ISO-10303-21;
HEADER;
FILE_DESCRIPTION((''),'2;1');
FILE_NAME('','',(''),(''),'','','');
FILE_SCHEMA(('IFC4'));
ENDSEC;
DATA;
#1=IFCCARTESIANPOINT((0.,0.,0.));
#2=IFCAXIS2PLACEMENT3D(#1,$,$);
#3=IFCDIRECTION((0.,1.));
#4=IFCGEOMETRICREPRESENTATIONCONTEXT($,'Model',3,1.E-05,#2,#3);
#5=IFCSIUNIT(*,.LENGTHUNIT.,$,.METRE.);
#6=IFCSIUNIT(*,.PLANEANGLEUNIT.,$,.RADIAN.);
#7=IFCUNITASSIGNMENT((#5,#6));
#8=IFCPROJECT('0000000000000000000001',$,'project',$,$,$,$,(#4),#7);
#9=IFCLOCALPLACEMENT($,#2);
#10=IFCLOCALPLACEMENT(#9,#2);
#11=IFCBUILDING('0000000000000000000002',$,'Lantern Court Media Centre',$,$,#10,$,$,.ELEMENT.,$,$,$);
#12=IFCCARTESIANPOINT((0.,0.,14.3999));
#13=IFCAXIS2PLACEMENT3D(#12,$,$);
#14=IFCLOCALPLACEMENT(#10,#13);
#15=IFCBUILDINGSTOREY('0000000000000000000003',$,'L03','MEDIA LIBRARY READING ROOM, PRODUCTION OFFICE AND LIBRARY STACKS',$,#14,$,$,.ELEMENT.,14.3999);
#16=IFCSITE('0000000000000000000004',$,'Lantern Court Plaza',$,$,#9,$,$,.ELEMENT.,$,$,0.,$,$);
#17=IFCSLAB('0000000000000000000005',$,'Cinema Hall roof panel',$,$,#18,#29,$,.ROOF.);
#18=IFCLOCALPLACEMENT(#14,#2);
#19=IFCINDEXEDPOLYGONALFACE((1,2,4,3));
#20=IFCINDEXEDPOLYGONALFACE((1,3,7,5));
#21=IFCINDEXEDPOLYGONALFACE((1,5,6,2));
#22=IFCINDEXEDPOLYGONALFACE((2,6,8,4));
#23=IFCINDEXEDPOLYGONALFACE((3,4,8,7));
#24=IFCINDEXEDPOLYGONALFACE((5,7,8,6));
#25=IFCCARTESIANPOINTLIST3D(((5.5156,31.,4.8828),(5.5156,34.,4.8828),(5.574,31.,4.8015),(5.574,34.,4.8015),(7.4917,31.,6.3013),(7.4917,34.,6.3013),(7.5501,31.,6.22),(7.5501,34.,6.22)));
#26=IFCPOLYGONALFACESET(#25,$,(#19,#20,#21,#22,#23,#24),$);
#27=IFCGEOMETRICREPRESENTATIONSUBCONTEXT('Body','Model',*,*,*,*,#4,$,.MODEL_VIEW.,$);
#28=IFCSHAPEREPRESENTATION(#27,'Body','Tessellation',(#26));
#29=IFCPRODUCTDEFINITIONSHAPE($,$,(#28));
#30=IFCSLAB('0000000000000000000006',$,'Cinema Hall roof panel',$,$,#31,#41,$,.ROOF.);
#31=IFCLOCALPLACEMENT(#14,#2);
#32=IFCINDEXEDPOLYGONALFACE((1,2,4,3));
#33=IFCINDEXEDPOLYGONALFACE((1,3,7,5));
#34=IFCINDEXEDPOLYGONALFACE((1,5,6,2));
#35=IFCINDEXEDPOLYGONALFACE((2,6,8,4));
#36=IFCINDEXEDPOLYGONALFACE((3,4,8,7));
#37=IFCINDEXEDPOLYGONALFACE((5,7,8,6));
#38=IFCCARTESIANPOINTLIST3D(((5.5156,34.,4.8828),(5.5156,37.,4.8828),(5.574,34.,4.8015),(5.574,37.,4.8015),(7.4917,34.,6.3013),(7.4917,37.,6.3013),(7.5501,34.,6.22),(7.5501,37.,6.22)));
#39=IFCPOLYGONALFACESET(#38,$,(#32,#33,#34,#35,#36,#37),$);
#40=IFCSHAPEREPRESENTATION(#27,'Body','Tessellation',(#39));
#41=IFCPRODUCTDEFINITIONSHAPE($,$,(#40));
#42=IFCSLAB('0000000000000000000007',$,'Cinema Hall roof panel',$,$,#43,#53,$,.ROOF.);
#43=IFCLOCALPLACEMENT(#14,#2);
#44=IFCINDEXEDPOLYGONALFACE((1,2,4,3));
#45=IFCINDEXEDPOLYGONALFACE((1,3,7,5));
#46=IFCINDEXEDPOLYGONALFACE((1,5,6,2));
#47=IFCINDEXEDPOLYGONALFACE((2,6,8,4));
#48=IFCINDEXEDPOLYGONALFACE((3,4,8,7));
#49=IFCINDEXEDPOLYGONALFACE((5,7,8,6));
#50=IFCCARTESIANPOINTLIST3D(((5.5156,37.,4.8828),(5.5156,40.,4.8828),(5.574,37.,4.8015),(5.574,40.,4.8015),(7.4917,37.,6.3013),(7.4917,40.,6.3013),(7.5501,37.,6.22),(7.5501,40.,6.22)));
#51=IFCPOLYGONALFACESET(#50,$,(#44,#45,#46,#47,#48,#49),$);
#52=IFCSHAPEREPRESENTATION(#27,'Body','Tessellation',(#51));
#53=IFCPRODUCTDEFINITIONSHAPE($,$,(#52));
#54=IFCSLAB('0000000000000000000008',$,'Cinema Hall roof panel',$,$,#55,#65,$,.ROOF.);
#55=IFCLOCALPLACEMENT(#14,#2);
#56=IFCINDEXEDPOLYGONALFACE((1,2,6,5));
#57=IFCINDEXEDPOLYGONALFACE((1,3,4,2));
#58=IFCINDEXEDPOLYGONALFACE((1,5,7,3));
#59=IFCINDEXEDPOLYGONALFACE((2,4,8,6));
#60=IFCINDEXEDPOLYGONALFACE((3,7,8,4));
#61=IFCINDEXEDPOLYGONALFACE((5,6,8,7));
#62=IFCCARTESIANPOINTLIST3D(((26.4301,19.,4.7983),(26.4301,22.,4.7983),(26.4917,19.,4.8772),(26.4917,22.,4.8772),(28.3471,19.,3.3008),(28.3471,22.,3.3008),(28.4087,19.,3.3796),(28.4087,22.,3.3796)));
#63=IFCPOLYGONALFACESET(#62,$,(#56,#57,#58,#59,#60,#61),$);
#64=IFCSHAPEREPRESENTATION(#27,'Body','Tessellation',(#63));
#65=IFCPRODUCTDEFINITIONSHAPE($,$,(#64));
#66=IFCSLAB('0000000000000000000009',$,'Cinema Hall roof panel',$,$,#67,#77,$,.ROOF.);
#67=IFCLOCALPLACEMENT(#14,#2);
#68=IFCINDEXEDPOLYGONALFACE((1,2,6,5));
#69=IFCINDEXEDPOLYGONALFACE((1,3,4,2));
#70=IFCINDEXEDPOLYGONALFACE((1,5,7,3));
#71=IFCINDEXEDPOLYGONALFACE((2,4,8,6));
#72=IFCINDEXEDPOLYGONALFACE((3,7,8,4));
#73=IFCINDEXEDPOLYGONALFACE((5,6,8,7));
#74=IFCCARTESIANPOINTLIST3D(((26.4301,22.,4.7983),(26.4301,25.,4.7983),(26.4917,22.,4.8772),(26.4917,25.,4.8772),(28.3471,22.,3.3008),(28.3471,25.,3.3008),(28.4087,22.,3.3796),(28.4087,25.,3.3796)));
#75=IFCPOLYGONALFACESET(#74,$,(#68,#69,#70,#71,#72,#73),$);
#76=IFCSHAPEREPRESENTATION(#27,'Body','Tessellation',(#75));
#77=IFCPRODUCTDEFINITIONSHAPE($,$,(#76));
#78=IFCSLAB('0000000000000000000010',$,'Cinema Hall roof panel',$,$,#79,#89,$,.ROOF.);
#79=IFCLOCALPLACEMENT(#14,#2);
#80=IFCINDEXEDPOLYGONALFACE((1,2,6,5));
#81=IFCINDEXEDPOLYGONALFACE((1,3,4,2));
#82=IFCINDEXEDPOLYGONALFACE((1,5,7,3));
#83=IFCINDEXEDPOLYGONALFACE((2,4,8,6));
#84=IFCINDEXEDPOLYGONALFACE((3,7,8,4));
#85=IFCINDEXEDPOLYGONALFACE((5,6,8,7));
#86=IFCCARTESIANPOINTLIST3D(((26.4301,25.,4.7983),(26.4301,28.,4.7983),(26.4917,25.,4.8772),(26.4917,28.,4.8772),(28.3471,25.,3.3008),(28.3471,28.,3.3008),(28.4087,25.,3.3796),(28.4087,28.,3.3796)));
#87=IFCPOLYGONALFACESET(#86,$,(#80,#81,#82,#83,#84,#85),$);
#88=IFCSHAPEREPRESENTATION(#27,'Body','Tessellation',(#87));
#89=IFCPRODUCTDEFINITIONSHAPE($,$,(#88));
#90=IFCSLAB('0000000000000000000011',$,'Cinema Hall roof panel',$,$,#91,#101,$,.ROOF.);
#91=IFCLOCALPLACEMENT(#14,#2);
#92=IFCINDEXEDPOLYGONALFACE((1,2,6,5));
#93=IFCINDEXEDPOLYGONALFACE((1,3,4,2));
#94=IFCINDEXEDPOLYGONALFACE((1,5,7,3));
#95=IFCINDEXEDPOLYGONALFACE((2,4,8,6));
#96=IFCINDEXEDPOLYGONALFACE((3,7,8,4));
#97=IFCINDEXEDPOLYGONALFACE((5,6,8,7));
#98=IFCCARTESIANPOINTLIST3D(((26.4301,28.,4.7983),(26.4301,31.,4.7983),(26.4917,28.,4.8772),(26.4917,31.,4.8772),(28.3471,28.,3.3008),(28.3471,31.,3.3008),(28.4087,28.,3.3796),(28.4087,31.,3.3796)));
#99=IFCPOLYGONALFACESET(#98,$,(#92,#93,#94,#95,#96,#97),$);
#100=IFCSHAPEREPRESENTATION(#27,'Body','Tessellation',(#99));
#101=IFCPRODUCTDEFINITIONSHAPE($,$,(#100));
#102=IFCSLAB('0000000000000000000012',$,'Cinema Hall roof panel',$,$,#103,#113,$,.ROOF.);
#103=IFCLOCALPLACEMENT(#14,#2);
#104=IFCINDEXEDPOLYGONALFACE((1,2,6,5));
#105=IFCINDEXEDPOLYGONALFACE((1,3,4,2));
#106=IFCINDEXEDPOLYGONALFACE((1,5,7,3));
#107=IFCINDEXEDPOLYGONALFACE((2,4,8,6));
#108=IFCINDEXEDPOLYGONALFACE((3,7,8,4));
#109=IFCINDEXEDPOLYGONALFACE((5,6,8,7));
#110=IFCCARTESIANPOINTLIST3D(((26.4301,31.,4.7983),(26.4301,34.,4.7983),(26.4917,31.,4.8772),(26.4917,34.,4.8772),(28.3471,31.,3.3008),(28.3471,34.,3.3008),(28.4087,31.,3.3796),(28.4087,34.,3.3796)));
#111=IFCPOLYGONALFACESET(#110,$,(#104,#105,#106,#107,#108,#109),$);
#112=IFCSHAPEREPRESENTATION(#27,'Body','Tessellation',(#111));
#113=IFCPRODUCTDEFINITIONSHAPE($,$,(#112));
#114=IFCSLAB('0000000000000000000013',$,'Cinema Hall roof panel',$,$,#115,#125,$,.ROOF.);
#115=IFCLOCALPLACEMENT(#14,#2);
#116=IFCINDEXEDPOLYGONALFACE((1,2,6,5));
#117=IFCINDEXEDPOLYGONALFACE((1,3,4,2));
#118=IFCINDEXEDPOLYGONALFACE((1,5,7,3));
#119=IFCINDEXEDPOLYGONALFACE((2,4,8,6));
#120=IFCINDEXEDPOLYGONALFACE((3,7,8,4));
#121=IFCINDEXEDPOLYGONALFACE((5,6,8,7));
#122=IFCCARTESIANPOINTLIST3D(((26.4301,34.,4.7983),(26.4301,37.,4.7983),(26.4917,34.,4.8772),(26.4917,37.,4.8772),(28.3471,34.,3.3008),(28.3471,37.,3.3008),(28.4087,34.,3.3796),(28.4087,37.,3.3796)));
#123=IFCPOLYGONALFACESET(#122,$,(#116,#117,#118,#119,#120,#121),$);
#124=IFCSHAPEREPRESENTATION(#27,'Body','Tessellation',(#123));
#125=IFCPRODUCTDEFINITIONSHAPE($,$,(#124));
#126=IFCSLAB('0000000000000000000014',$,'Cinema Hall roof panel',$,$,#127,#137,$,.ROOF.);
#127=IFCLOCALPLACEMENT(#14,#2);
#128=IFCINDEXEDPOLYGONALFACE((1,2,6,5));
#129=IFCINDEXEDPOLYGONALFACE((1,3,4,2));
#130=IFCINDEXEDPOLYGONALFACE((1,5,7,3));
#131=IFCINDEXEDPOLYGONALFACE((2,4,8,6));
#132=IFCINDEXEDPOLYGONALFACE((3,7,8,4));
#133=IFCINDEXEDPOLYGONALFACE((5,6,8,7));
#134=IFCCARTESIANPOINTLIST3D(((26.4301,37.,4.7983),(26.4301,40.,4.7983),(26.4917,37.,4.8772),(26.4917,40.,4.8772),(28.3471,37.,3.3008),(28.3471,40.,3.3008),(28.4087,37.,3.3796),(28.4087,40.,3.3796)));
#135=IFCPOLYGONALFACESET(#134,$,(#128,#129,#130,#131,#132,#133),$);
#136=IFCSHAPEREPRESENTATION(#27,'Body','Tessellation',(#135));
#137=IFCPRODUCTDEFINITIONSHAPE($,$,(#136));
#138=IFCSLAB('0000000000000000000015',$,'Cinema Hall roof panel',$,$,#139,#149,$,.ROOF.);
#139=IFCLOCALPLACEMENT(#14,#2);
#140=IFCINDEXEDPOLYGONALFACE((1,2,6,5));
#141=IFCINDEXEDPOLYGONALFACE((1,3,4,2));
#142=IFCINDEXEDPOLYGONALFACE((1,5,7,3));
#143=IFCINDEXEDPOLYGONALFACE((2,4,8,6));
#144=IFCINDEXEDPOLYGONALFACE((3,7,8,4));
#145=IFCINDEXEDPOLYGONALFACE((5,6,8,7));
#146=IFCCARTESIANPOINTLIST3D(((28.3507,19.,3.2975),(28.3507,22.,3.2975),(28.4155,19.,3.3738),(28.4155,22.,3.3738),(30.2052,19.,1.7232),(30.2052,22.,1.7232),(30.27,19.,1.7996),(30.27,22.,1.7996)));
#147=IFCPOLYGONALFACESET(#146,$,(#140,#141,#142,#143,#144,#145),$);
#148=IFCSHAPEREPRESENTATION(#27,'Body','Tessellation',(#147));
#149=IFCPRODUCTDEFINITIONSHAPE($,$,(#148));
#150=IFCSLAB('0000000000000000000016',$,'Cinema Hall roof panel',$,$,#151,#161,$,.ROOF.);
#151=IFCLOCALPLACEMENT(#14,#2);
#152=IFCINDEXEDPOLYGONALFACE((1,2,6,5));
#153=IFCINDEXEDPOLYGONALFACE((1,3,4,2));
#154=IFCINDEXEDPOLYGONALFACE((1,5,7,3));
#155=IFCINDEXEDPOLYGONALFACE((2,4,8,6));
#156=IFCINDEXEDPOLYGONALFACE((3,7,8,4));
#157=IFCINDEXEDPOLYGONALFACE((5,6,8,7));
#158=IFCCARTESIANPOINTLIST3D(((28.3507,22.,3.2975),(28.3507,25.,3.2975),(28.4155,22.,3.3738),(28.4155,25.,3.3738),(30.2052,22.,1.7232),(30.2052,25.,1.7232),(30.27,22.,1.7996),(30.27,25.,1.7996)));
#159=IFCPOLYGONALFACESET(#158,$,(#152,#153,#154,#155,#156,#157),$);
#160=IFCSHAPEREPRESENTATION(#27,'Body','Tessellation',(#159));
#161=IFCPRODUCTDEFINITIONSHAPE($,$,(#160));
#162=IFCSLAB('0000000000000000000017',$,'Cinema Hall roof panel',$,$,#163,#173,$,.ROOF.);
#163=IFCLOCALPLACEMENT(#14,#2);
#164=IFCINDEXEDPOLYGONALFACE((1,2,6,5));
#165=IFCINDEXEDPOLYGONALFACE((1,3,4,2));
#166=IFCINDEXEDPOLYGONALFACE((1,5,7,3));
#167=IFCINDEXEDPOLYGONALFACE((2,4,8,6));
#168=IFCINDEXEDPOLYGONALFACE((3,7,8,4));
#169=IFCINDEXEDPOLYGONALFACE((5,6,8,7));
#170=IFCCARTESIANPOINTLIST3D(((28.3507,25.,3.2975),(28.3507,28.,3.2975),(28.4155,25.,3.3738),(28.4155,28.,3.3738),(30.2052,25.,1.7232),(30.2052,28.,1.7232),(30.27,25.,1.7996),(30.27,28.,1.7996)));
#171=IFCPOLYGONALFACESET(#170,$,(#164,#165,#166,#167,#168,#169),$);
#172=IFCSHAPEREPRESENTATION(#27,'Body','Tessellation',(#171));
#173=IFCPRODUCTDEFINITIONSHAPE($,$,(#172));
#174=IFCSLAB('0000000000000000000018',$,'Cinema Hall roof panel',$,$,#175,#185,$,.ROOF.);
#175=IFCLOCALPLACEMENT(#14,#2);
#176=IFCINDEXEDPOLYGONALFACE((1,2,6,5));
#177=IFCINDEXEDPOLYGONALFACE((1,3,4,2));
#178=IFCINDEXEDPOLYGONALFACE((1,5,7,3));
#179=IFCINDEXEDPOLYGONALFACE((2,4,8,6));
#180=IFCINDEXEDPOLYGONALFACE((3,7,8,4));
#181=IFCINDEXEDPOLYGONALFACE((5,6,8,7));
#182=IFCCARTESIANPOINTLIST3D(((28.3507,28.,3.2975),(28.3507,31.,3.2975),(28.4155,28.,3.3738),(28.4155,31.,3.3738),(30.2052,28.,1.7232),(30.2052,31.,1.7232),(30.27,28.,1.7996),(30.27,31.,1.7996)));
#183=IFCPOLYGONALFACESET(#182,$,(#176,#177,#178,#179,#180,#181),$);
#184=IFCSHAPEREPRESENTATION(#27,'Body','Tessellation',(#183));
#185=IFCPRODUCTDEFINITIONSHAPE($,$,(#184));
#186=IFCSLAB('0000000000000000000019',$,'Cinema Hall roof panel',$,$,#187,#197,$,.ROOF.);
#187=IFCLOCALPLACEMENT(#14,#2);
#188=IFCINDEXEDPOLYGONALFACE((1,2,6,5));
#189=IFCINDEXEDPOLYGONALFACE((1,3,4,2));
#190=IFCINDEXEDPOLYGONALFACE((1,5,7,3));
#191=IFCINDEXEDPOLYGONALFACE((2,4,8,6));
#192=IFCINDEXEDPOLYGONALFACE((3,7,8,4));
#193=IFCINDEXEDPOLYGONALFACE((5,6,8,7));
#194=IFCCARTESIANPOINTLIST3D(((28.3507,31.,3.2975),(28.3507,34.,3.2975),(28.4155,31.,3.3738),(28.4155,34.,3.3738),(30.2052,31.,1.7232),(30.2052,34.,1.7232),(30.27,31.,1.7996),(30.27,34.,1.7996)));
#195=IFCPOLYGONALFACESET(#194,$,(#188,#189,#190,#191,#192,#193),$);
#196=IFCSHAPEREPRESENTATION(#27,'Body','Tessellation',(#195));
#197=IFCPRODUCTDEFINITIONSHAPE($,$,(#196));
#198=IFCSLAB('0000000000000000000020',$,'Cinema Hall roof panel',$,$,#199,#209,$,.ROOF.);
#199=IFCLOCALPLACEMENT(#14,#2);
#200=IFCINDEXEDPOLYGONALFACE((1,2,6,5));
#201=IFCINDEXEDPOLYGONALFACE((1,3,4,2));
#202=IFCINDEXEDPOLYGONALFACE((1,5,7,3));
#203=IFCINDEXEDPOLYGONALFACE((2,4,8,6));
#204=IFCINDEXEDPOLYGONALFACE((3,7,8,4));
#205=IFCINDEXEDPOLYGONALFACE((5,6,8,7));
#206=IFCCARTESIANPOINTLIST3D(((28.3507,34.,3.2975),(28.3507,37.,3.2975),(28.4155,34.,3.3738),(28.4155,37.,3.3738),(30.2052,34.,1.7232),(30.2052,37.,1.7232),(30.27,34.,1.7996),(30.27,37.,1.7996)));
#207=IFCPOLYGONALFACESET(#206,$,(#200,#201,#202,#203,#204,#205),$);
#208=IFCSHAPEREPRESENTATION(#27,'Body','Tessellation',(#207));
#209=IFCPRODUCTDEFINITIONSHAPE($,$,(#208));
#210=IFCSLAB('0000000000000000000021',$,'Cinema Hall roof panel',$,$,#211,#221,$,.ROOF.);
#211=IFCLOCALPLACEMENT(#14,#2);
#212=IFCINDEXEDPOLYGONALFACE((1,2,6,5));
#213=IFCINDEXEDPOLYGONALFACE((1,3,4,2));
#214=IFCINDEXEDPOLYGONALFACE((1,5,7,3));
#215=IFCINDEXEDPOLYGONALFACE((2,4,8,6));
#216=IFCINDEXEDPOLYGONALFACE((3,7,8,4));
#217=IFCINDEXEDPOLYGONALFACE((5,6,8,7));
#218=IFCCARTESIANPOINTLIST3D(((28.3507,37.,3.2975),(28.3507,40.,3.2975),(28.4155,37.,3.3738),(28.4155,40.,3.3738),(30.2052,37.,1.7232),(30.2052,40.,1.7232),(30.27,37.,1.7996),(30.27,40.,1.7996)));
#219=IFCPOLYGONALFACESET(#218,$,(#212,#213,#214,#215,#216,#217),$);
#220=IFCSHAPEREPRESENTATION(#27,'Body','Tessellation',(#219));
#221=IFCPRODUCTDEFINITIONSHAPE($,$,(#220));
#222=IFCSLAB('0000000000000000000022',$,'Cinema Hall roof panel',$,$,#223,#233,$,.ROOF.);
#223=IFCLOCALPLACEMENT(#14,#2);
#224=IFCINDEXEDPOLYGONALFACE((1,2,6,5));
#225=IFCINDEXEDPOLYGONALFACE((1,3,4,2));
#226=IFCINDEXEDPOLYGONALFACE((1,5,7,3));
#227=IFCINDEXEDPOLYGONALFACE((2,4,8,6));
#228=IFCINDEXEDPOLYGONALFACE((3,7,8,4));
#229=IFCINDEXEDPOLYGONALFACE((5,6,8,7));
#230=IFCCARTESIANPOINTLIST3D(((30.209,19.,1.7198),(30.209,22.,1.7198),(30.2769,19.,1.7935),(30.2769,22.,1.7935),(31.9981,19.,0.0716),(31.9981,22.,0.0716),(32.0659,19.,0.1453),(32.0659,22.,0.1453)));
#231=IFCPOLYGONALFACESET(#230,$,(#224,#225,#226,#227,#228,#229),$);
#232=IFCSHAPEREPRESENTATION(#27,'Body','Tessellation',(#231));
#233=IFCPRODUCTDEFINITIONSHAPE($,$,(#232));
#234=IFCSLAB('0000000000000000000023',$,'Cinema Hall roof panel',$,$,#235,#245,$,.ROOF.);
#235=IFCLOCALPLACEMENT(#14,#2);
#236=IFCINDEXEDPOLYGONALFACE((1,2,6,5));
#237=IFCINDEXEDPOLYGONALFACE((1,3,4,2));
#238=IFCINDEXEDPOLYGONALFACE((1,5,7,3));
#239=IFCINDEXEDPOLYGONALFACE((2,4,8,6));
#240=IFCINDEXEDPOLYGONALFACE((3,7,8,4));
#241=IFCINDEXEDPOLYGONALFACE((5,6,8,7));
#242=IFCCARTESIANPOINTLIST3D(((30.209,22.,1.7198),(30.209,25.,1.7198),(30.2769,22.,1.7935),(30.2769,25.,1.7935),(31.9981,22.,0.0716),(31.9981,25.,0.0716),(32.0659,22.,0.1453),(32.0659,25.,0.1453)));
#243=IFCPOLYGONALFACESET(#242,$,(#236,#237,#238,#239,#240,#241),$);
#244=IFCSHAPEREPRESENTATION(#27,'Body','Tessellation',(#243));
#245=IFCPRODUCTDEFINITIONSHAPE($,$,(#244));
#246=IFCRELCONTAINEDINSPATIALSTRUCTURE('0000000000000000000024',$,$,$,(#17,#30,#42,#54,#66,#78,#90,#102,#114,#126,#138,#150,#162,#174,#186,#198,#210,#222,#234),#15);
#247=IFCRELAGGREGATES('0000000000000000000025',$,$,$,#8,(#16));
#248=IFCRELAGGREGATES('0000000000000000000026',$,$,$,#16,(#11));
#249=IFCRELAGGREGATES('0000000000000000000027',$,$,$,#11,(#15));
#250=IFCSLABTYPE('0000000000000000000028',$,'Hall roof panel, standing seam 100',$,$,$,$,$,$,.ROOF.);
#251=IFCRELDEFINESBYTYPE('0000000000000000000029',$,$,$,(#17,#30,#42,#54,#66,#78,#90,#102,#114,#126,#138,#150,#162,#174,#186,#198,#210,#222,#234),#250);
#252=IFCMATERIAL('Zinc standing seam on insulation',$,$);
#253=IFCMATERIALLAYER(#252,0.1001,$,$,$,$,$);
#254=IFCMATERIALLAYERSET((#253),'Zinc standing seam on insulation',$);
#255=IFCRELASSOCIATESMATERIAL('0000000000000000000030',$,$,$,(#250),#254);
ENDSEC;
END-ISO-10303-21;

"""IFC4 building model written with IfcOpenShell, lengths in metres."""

from ifc_helpers import new_model, si_unit, direction, frame, origin, place, context, subcontext, project, spatial, polyline, outline, extrude, material, layer, layer_set, type_object, element, save


model = new_model("IFC4")

# Units and contexts
model_context = context("Model", 3, precision=1e-05, world=origin(), true_north=direction((0.0, 1.0)))
body_context = subcontext(model_context, "Body", "Model", "MODEL_VIEW")
ifc_project = project(units=[si_unit("LENGTHUNIT", "METRE"), si_unit("PLANEANGLEUNIT", "RADIAN")], contexts=[model_context])

# Site, building, storey
site_placement = place(None, origin())
site = spatial("IfcSite", under=ifc_project, at=site_placement, Name="Lantern Court Plaza", CompositionType="ELEMENT", RefElevation=0.0)
building_placement = place(site_placement, origin())
building = spatial("IfcBuilding", under=site, at=building_placement, Name="Lantern Court Media Centre", CompositionType="ELEMENT")
storey_placement = place(building_placement, frame((0.0, 0.0, 14.3999)))
storey = spatial("IfcBuildingStorey", under=building, at=storey_placement, Name="L03", Description="MEDIA LIBRARY READING ROOM, PRODUCTION OFFICE AND LIBRARY STACKS", CompositionType="ELEMENT", Elevation=14.3999)

# Slabs
ifc_material_1 = material(Name="Zinc standing seam on insulation")
ifc_layer_1 = layer(ifc_material_1, 0.1001)
ifc_layer_set_1 = layer_set([ifc_layer_1], Name="Zinc standing seam on insulation")
slab_type = type_object("IfcSlabType", Name="Hall roof panel, standing seam 100", PredefinedType="ROOF", material=ifc_layer_set_1)
for number, where, z_axis, x_axis, name in (
    (1, (5.5156, 31.0, 4.8828), (-0.583135, 0.0, 0.812375), (0.812375, 0.0, 0.583135), "Cinema Hall roof panel"),
    (2, (5.5156, 34.0, 4.8828), (-0.583135, 0.0, 0.812375), (0.812375, 0.0, 0.583135), "Cinema Hall roof panel"),
    (3, (5.5156, 37.0, 4.8828), (-0.583135, 0.0, 0.812375), (0.812375, 0.0, 0.583135), "Cinema Hall roof panel"),
):
    element("IfcSlab", number, at=place(storey_placement, frame(where, z_axis=z_axis, x_axis=x_axis)), inside=storey, type_object=slab_type, Name=name, PredefinedType="ROOF", context=body_context, shape_type="SweptSolid", body=[
        extrude(outline(polyline([(0.0, 0.0), (2.4325, 0.0), (2.4325, 3.0), (0.0, 3.0), (0.0, 0.0)])), origin(), (0.0, 0.0, -1.0), 0.1001),
    ])
for number, where, z_axis, x_axis, name in (
    (4, (26.4917, 19.0, 4.8772), (0.615621, 0.0, 0.788043), (0.788043, 0.0, -0.615621), "Cinema Hall roof panel"),
    (5, (26.4917, 22.0, 4.8772), (0.615621, 0.0, 0.788043), (0.788043, 0.0, -0.615621), "Cinema Hall roof panel"),
    (6, (26.4917, 25.0, 4.8772), (0.615621, 0.0, 0.788043), (0.788043, 0.0, -0.615621), "Cinema Hall roof panel"),
    (7, (26.4917, 28.0, 4.8772), (0.615621, 0.0, 0.788043), (0.788043, 0.0, -0.615621), "Cinema Hall roof panel"),
    (8, (26.4917, 31.0, 4.8772), (0.615621, 0.0, 0.788043), (0.788043, 0.0, -0.615621), "Cinema Hall roof panel"),
    (9, (26.4917, 34.0, 4.8772), (0.615621, 0.0, 0.788043), (0.788043, 0.0, -0.615621), "Cinema Hall roof panel"),
    (10, (26.4917, 37.0, 4.8772), (0.615621, 0.0, 0.788043), (0.788043, 0.0, -0.615621), "Cinema Hall roof panel"),
):
    element("IfcSlab", number, at=place(storey_placement, frame(where, z_axis=z_axis, x_axis=x_axis)), inside=storey, type_object=slab_type, Name=name, PredefinedType="ROOF", context=body_context, shape_type="SweptSolid", body=[
        extrude(outline(polyline([(0.0, 0.0), (2.4326, 0.0), (2.4326, 3.0), (0.0, 3.0), (0.0, 0.0)])), origin(), (0.0, 0.0, -1.0), 0.1001),
    ])
for number, where, z_axis, x_axis, name in (
    (11, (28.4155, 19.0, 3.3738), (0.647147, 0.0, 0.762365), (0.762365, 0.0, -0.647147), "Cinema Hall roof panel"),
    (12, (28.4155, 22.0, 3.3738), (0.647147, 0.0, 0.762365), (0.762365, 0.0, -0.647147), "Cinema Hall roof panel"),
    (13, (28.4155, 25.0, 3.3738), (0.647147, 0.0, 0.762365), (0.762365, 0.0, -0.647147), "Cinema Hall roof panel"),
    (14, (28.4155, 28.0, 3.3738), (0.647147, 0.0, 0.762365), (0.762365, 0.0, -0.647147), "Cinema Hall roof panel"),
    (15, (28.4155, 31.0, 3.3738), (0.647147, 0.0, 0.762365), (0.762365, 0.0, -0.647147), "Cinema Hall roof panel"),
    (16, (28.4155, 34.0, 3.3738), (0.647147, 0.0, 0.762365), (0.762365, 0.0, -0.647147), "Cinema Hall roof panel"),
    (17, (28.4155, 37.0, 3.3738), (0.647147, 0.0, 0.762365), (0.762365, 0.0, -0.647147), "Cinema Hall roof panel"),
):
    element("IfcSlab", number, at=place(storey_placement, frame(where, z_axis=z_axis, x_axis=x_axis)), inside=storey, type_object=slab_type, Name=name, PredefinedType="ROOF", context=body_context, shape_type="SweptSolid", body=[
        extrude(outline(polyline([(0.0, 0.0), (2.4326, 0.0), (2.4326, 3.0), (0.0, 3.0), (0.0, 0.0)])), origin(), (0.0, 0.0, -1.0), 0.1001),
    ])
for number, where, z_axis, x_axis, name in (
    (18, (30.2769, 19.0, 1.7935), (0.677559, 0.0, 0.735469), (0.735469, 0.0, -0.677559), "Cinema Hall roof panel"),
    (19, (30.2769, 22.0, 1.7935), (0.677559, 0.0, 0.735469), (0.735469, 0.0, -0.677559), "Cinema Hall roof panel"),
):
    element("IfcSlab", number, at=place(storey_placement, frame(where, z_axis=z_axis, x_axis=x_axis)), inside=storey, type_object=slab_type, Name=name, PredefinedType="ROOF", context=body_context, shape_type="SweptSolid", body=[
        extrude(outline(polyline([(0.0, 0.0), (2.4325, 0.0), (2.4325, 3.0), (0.0, 3.0), (0.0, 0.0)])), origin(), (0.0, 0.0, -1.0), 0.1001),
    ])

save(model, "model.ifc")
